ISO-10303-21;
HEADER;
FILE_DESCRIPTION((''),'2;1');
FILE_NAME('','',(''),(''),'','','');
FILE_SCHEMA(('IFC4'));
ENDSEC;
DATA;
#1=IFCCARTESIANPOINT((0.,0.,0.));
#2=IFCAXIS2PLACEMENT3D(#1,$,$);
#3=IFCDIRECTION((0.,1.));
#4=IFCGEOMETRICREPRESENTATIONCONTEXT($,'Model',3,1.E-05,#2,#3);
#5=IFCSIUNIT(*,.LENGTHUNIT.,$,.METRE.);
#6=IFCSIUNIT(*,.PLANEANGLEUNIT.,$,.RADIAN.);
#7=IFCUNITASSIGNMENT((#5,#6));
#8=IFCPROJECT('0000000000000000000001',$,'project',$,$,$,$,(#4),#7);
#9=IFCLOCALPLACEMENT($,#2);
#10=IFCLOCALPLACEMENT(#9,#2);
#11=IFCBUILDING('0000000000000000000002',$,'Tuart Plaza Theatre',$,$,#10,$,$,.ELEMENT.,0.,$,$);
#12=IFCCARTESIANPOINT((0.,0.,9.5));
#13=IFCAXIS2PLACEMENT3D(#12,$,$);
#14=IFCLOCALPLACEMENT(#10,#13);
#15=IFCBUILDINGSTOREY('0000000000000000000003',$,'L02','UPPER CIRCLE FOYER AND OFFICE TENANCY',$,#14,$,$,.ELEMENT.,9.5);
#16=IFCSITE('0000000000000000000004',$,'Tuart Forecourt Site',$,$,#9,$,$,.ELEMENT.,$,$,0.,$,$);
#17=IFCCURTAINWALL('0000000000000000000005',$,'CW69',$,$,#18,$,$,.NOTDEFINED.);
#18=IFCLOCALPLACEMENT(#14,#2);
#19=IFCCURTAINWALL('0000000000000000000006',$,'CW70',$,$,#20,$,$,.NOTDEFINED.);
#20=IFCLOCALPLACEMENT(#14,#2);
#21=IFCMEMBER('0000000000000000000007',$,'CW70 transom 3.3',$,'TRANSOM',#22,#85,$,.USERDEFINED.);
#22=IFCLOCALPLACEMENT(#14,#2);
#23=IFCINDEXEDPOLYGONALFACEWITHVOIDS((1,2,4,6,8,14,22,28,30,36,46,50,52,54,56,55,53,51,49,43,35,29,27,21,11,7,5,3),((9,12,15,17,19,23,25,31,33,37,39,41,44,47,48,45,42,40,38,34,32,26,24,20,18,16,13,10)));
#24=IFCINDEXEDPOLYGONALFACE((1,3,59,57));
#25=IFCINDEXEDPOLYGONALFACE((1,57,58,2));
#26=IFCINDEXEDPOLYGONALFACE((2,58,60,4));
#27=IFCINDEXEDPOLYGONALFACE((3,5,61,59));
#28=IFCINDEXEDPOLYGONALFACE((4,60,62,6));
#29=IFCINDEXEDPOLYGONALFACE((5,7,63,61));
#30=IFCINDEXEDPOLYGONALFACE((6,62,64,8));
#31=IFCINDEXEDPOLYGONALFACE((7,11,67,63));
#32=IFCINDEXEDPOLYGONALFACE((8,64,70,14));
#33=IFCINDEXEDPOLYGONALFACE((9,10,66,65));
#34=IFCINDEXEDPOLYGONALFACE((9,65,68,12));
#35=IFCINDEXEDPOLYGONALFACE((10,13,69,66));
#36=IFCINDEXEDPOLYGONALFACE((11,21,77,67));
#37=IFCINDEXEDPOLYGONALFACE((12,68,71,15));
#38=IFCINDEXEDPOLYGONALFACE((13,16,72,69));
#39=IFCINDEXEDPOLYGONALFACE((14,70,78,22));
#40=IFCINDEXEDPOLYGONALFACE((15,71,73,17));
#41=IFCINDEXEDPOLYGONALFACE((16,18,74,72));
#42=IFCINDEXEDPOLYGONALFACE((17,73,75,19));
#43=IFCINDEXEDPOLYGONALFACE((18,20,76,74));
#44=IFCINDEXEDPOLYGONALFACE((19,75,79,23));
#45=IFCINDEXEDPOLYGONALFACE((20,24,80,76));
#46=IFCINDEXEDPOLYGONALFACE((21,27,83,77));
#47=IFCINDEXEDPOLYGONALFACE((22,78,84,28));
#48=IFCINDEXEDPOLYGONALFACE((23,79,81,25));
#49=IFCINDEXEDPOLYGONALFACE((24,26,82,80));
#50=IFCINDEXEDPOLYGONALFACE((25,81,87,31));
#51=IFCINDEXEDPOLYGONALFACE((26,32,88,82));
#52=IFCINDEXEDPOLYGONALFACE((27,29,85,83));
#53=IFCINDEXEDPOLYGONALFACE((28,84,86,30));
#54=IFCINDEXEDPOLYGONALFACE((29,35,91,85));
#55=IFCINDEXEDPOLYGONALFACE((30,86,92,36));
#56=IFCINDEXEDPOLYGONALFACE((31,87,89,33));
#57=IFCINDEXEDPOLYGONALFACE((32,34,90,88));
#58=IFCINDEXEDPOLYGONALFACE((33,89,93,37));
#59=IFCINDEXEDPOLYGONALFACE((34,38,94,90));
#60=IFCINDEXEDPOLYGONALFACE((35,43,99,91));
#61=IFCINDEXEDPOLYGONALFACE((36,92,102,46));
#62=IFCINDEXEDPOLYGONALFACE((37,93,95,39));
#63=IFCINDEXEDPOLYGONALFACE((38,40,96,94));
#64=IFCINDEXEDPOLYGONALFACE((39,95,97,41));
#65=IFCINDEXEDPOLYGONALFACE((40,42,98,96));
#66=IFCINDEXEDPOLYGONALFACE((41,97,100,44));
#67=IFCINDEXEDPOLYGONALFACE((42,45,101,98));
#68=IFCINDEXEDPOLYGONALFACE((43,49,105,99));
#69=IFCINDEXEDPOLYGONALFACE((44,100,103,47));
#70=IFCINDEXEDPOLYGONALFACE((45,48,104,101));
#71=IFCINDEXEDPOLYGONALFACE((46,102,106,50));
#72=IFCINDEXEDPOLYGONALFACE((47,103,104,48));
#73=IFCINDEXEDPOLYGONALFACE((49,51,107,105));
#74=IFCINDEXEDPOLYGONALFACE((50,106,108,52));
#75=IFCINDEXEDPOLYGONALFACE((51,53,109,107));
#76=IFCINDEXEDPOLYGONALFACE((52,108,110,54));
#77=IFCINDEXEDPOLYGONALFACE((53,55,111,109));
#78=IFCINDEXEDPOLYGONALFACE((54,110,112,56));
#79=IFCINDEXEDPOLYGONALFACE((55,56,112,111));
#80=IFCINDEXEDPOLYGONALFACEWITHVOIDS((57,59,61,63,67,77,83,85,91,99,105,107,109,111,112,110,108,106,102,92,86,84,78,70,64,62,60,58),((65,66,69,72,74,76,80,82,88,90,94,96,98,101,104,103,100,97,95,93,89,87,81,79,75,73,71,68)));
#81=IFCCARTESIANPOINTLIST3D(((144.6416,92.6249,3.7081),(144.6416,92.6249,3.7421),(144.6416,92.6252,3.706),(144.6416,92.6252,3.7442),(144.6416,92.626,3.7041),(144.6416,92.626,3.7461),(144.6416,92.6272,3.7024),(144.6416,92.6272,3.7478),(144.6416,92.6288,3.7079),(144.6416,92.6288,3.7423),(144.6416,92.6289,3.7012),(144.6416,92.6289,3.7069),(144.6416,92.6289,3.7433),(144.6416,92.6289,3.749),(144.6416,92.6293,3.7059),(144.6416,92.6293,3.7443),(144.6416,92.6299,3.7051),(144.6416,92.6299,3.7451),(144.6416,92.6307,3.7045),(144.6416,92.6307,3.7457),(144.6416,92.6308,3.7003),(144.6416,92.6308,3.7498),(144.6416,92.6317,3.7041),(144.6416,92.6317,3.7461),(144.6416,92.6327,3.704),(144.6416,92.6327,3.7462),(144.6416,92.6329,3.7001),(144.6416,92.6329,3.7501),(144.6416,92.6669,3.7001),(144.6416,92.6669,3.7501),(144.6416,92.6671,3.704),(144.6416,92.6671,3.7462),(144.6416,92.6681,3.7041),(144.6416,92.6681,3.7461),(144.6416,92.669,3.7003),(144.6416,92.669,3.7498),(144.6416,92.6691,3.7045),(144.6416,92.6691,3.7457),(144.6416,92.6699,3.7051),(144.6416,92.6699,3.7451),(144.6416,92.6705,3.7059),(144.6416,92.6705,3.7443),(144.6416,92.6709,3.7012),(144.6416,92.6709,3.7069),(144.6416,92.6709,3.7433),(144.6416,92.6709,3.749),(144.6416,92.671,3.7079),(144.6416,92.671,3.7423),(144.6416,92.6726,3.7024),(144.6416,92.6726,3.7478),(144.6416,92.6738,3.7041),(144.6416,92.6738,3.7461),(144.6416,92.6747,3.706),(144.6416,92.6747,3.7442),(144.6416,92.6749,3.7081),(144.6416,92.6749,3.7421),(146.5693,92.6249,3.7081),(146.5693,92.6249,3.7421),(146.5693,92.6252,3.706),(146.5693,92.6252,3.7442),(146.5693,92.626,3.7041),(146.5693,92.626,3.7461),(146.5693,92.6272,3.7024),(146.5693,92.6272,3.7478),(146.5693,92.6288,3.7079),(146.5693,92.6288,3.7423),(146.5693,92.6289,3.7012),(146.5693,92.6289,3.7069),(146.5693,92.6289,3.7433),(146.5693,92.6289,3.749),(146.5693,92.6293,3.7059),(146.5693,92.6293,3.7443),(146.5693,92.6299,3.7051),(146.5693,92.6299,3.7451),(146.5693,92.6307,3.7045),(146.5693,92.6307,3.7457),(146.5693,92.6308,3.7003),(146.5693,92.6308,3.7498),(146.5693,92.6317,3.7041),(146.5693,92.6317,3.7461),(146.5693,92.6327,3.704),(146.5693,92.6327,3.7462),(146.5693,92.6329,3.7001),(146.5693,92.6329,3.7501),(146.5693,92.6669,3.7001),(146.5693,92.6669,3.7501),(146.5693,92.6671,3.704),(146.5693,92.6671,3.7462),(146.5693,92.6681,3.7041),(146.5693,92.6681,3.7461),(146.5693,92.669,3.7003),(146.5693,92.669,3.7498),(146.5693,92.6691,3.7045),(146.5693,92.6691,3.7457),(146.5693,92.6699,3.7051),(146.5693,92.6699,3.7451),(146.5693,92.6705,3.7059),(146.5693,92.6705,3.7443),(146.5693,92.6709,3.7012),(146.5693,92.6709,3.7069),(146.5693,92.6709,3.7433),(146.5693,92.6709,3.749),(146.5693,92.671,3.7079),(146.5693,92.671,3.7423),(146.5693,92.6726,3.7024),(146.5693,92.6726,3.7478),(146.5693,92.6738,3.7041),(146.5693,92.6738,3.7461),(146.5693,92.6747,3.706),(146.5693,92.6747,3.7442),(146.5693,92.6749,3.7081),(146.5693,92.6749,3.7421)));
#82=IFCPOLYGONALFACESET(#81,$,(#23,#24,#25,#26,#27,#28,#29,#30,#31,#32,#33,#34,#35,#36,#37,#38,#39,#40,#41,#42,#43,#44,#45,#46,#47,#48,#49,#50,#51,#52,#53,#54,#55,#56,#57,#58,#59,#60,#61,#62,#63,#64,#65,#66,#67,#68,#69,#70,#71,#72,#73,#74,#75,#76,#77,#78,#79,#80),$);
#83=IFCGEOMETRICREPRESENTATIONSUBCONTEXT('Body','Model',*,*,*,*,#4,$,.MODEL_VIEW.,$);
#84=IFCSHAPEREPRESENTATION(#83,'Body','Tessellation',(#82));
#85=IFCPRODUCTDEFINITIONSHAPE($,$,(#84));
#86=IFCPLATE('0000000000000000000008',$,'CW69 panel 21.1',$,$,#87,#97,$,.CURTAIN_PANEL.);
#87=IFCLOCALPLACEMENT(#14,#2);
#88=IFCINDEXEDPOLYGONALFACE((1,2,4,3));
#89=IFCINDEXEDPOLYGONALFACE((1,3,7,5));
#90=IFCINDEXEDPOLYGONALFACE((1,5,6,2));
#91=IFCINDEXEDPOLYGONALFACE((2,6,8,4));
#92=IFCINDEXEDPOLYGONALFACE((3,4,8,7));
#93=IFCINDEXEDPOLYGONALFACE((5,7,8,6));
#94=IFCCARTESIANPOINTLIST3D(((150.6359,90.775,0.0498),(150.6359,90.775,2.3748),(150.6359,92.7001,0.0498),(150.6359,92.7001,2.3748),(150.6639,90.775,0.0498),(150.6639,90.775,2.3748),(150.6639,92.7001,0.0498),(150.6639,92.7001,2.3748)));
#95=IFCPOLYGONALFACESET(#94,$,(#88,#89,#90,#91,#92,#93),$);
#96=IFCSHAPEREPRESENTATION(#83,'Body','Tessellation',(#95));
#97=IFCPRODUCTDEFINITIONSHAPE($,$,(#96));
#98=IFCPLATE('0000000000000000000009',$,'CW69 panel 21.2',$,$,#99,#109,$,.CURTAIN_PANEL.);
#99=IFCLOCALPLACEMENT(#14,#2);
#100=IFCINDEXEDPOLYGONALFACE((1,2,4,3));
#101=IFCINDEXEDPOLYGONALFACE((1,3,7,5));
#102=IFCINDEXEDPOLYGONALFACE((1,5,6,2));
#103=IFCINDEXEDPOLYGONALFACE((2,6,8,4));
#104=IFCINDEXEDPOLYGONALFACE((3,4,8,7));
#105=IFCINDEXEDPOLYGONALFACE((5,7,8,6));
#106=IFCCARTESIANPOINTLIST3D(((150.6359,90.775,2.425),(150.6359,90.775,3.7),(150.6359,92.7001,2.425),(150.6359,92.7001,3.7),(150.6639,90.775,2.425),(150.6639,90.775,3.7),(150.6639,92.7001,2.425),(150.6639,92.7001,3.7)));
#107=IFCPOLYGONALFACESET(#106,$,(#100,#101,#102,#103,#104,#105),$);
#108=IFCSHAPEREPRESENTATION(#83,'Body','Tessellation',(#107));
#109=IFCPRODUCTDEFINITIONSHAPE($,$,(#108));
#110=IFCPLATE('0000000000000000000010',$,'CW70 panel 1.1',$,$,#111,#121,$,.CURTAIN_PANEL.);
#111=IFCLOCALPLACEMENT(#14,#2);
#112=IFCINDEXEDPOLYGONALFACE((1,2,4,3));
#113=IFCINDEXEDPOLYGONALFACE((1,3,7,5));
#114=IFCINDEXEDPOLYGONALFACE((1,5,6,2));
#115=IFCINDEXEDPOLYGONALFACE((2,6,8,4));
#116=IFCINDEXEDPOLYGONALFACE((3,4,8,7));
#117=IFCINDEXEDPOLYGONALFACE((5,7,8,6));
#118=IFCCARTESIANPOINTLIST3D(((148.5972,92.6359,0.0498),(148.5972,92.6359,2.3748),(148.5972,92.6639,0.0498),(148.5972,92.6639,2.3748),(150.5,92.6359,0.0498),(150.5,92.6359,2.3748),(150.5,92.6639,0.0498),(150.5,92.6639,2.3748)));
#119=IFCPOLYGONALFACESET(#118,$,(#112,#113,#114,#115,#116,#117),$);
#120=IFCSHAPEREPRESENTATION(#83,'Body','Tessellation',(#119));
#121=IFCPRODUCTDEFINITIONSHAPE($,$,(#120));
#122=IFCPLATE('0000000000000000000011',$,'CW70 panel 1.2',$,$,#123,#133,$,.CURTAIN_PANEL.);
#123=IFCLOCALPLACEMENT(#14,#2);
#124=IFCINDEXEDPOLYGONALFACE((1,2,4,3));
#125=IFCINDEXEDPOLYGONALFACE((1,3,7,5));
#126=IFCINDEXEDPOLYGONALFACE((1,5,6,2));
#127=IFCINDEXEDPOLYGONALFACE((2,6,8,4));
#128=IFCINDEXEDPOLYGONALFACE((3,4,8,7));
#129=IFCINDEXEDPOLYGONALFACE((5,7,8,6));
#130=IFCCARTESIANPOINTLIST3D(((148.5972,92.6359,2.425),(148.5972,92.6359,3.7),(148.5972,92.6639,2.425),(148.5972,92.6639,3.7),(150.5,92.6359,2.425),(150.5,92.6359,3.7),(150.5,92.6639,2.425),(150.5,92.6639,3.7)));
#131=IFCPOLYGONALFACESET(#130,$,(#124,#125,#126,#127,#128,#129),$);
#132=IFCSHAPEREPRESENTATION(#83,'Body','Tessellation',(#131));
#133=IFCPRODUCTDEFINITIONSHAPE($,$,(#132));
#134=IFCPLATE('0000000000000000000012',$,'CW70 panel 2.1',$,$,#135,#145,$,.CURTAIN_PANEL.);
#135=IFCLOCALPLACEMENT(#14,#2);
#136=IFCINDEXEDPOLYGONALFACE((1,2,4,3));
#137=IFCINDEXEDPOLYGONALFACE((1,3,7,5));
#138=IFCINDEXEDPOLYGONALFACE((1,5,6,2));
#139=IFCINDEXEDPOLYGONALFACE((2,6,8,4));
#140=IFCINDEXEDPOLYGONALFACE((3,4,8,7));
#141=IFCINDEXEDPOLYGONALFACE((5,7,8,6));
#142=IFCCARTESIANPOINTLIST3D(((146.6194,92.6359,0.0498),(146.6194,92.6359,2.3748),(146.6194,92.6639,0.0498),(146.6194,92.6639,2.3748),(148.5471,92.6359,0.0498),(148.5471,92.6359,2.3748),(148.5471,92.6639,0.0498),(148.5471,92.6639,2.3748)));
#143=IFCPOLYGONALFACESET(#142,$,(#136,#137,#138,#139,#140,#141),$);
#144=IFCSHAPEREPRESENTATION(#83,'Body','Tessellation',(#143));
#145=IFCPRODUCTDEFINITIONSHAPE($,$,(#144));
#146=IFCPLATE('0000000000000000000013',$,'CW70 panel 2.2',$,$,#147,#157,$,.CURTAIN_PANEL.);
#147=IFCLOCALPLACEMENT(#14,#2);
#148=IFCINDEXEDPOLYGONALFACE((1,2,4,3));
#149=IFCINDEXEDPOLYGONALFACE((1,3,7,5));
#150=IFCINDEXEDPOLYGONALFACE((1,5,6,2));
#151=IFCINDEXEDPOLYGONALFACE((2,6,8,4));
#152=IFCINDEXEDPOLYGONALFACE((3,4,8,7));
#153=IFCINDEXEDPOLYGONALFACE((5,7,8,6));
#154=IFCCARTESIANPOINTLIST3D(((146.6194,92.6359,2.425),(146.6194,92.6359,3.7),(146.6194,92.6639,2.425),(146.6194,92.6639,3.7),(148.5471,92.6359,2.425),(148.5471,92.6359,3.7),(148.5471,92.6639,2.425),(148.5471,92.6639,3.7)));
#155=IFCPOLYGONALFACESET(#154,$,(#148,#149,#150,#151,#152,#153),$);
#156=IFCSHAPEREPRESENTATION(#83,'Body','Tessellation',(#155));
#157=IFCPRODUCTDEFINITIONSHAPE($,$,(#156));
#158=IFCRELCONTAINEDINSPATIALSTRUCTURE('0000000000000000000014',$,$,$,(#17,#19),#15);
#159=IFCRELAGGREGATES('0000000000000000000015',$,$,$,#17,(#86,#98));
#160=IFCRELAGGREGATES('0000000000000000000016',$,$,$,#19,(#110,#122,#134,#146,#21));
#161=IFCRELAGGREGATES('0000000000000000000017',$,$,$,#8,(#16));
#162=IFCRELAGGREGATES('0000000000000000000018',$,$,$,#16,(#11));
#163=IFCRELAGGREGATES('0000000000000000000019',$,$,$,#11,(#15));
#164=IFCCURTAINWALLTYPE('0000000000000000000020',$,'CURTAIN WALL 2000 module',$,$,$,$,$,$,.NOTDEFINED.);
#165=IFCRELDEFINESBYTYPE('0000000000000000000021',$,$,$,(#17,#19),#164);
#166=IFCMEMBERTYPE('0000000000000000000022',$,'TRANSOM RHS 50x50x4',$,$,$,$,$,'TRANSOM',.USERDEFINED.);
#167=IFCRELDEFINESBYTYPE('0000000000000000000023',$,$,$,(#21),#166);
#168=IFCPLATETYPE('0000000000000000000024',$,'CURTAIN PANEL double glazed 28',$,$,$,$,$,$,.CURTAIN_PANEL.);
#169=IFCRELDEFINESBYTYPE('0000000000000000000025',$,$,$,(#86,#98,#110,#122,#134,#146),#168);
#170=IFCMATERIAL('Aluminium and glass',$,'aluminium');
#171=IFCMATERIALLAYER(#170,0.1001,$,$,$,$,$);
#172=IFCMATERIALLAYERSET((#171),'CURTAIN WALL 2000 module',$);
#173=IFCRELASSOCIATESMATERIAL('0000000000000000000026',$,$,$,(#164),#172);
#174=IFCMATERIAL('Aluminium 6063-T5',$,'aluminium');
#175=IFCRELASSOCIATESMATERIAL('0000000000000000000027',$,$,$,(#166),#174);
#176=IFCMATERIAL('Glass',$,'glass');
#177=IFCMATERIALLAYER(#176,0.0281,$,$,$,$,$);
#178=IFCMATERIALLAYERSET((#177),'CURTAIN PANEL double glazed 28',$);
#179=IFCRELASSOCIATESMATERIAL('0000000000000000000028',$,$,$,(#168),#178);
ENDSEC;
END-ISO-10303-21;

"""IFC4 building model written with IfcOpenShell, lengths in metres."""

from ifc_helpers import new_model, si_unit, direction, frame, origin, origin_2d, place, context, subcontext, project, spatial, rectangle, hollow_rectangle, extrude, material, layer, layer_set, material_profile, profile_set, type_object, element, aggregate, save


model = new_model("IFC4")

# Units and contexts
model_context = context("Model", 3, precision=1e-05, world=origin(), true_north=direction((0.0, 1.0)))
body_context = subcontext(model_context, "Body", "Model", "MODEL_VIEW")
ifc_project = project(units=[si_unit("LENGTHUNIT", "METRE"), si_unit("PLANEANGLEUNIT", "RADIAN")], contexts=[model_context])

# Site, building, storey
site_placement = place(None, origin())
site = spatial("IfcSite", under=ifc_project, at=site_placement, Name="Tuart Forecourt Site", CompositionType="ELEMENT", RefElevation=0.0)
building_placement = place(site_placement, origin())
building = spatial("IfcBuilding", under=site, at=building_placement, Name="Tuart Plaza Theatre", CompositionType="ELEMENT", ElevationOfRefHeight=0.0)
storey_placement = place(building_placement, frame((0.0, 0.0, 9.5)))
storey = spatial("IfcBuildingStorey", under=building, at=storey_placement, Name="L02", Description="UPPER CIRCLE FOYER AND OFFICE TENANCY", CompositionType="ELEMENT", Elevation=9.5)

# Curtain walls
ifc_material_1 = material(Name="Aluminium and glass", Category="aluminium")
ifc_layer_1 = layer(ifc_material_1, 0.1001)
ifc_layer_set_1 = layer_set([ifc_layer_1], Name="CURTAIN WALL 2000 module")
curtain_wall_type = type_object("IfcCurtainWallType", Name="CURTAIN WALL 2000 module", PredefinedType="NOTDEFINED", material=ifc_layer_set_1)
curtain_wall_1_placement = place(storey_placement, origin())
curtain_wall_1 = element("IfcCurtainWall", 1, at=curtain_wall_1_placement, inside=storey, type_object=curtain_wall_type, Name="CW69", PredefinedType="NOTDEFINED")
curtain_wall_2_placement = place(storey_placement, origin())
curtain_wall_2 = element("IfcCurtainWall", 2, at=curtain_wall_2_placement, inside=storey, type_object=curtain_wall_type, Name="CW70", PredefinedType="NOTDEFINED")

# Member
ifc_material_2 = material(Name="Aluminium 6063-T5", Category="aluminium")
ifc_material_profile_1 = material_profile(ifc_material_2, hollow_rectangle(XDim=0.05, YDim=0.05, WallThickness=0.0039, InnerFilletRadius=0.0039, OuterFilletRadius=0.0081, at=origin_2d()), Name="RHS 50x50x4")
ifc_profile_set_1 = profile_set([ifc_material_profile_1], Name="Aluminium 6063-T5")
member_type_1 = type_object("IfcMemberType", Name="TRANSOM RHS 50x50x4", ElementType="TRANSOM", PredefinedType="USERDEFINED", material=ifc_profile_set_1)
member_1_placement = place(storey_placement, frame((146.5693, 92.6499, 3.7251), z_axis=(-1.0, 0.0, 0.0), x_axis=(0.0, -1.0, 0.0)))
member_1 = element("IfcMember", 3, at=member_1_placement, type_object=member_type_1, Name="CW70 transom 3.3", ObjectType="TRANSOM", PredefinedType="USERDEFINED", context=body_context, shape_type="SweptSolid", body=[
    extrude(hollow_rectangle(XDim=0.05, YDim=0.05, WallThickness=0.0039, InnerFilletRadius=0.0039, OuterFilletRadius=0.0081, at=origin_2d()), origin(), (0.0, 0.0, 1.0), 1.9277),
])

# Plates
ifc_material_3 = material(Name="Glass", Category="glass")
ifc_layer_2 = layer(ifc_material_3, 0.0281)
ifc_layer_set_2 = layer_set([ifc_layer_2], Name="CURTAIN PANEL double glazed 28")
plate_type = type_object("IfcPlateType", Name="CURTAIN PANEL double glazed 28", PredefinedType="CURTAIN_PANEL", material=ifc_layer_set_2)
plate_1_placement = place(storey_placement, frame((150.6499, 91.7375, 0.0498), z_axis=(0.0, 0.0, 1.0), x_axis=(0.0, 1.0, 0.0)))
plate_1 = element("IfcPlate", 4, at=plate_1_placement, type_object=plate_type, Name="CW69 panel 21.1", PredefinedType="CURTAIN_PANEL", context=body_context, shape_type="SweptSolid", body=[
    extrude(rectangle(XDim=1.925, YDim=0.0281, at=origin_2d()), origin(), (0.0, 0.0, 1.0), 2.325),
])
plate_2_placement = place(storey_placement, frame((150.6499, 91.7375, 2.425), z_axis=(0.0, 0.0, 1.0), x_axis=(0.0, 1.0, 0.0)))
plate_2 = element("IfcPlate", 5, at=plate_2_placement, type_object=plate_type, Name="CW69 panel 21.2", PredefinedType="CURTAIN_PANEL", context=body_context, shape_type="SweptSolid", body=[
    extrude(rectangle(XDim=1.925, YDim=0.0281, at=origin_2d()), origin(), (0.0, 0.0, 1.0), 1.2749),
])
aggregate(curtain_wall_1, [plate_1, plate_2])
plate_3_placement = place(storey_placement, frame((149.5486, 92.6499, 0.0498), z_axis=(0.0, 0.0, 1.0), x_axis=(-1.0, 0.0, 0.0)))
plate_3 = element("IfcPlate", 6, at=plate_3_placement, type_object=plate_type, Name="CW70 panel 1.1", PredefinedType="CURTAIN_PANEL", context=body_context, shape_type="SweptSolid", body=[
    extrude(rectangle(XDim=1.9028, YDim=0.0281, at=origin_2d()), origin(), (0.0, 0.0, 1.0), 2.325),
])
plate_4_placement = place(storey_placement, frame((149.5486, 92.6499, 2.425), z_axis=(0.0, 0.0, 1.0), x_axis=(-1.0, 0.0, 0.0)))
plate_4 = element("IfcPlate", 7, at=plate_4_placement, type_object=plate_type, Name="CW70 panel 1.2", PredefinedType="CURTAIN_PANEL", context=body_context, shape_type="SweptSolid", body=[
    extrude(rectangle(XDim=1.9028, YDim=0.0281, at=origin_2d()), origin(), (0.0, 0.0, 1.0), 1.2749),
])
plate_5_placement = place(storey_placement, frame((147.5833, 92.6499, 0.0498), z_axis=(0.0, 0.0, 1.0), x_axis=(-1.0, 0.0, 0.0)))
plate_5 = element("IfcPlate", 8, at=plate_5_placement, type_object=plate_type, Name="CW70 panel 2.1", PredefinedType="CURTAIN_PANEL", context=body_context, shape_type="SweptSolid", body=[
    extrude(rectangle(XDim=1.9277, YDim=0.0281, at=origin_2d()), origin(), (0.0, 0.0, 1.0), 2.325),
])
plate_6_placement = place(storey_placement, frame((147.5833, 92.6499, 2.425), z_axis=(0.0, 0.0, 1.0), x_axis=(-1.0, 0.0, 0.0)))
plate_6 = element("IfcPlate", 9, at=plate_6_placement, type_object=plate_type, Name="CW70 panel 2.2", PredefinedType="CURTAIN_PANEL", context=body_context, shape_type="SweptSolid", body=[
    extrude(rectangle(XDim=1.9277, YDim=0.0281, at=origin_2d()), origin(), (0.0, 0.0, 1.0), 1.2749),
])
aggregate(curtain_wall_2, [plate_3, plate_4, plate_5, plate_6, member_1])

save(model, "model.ifc")
